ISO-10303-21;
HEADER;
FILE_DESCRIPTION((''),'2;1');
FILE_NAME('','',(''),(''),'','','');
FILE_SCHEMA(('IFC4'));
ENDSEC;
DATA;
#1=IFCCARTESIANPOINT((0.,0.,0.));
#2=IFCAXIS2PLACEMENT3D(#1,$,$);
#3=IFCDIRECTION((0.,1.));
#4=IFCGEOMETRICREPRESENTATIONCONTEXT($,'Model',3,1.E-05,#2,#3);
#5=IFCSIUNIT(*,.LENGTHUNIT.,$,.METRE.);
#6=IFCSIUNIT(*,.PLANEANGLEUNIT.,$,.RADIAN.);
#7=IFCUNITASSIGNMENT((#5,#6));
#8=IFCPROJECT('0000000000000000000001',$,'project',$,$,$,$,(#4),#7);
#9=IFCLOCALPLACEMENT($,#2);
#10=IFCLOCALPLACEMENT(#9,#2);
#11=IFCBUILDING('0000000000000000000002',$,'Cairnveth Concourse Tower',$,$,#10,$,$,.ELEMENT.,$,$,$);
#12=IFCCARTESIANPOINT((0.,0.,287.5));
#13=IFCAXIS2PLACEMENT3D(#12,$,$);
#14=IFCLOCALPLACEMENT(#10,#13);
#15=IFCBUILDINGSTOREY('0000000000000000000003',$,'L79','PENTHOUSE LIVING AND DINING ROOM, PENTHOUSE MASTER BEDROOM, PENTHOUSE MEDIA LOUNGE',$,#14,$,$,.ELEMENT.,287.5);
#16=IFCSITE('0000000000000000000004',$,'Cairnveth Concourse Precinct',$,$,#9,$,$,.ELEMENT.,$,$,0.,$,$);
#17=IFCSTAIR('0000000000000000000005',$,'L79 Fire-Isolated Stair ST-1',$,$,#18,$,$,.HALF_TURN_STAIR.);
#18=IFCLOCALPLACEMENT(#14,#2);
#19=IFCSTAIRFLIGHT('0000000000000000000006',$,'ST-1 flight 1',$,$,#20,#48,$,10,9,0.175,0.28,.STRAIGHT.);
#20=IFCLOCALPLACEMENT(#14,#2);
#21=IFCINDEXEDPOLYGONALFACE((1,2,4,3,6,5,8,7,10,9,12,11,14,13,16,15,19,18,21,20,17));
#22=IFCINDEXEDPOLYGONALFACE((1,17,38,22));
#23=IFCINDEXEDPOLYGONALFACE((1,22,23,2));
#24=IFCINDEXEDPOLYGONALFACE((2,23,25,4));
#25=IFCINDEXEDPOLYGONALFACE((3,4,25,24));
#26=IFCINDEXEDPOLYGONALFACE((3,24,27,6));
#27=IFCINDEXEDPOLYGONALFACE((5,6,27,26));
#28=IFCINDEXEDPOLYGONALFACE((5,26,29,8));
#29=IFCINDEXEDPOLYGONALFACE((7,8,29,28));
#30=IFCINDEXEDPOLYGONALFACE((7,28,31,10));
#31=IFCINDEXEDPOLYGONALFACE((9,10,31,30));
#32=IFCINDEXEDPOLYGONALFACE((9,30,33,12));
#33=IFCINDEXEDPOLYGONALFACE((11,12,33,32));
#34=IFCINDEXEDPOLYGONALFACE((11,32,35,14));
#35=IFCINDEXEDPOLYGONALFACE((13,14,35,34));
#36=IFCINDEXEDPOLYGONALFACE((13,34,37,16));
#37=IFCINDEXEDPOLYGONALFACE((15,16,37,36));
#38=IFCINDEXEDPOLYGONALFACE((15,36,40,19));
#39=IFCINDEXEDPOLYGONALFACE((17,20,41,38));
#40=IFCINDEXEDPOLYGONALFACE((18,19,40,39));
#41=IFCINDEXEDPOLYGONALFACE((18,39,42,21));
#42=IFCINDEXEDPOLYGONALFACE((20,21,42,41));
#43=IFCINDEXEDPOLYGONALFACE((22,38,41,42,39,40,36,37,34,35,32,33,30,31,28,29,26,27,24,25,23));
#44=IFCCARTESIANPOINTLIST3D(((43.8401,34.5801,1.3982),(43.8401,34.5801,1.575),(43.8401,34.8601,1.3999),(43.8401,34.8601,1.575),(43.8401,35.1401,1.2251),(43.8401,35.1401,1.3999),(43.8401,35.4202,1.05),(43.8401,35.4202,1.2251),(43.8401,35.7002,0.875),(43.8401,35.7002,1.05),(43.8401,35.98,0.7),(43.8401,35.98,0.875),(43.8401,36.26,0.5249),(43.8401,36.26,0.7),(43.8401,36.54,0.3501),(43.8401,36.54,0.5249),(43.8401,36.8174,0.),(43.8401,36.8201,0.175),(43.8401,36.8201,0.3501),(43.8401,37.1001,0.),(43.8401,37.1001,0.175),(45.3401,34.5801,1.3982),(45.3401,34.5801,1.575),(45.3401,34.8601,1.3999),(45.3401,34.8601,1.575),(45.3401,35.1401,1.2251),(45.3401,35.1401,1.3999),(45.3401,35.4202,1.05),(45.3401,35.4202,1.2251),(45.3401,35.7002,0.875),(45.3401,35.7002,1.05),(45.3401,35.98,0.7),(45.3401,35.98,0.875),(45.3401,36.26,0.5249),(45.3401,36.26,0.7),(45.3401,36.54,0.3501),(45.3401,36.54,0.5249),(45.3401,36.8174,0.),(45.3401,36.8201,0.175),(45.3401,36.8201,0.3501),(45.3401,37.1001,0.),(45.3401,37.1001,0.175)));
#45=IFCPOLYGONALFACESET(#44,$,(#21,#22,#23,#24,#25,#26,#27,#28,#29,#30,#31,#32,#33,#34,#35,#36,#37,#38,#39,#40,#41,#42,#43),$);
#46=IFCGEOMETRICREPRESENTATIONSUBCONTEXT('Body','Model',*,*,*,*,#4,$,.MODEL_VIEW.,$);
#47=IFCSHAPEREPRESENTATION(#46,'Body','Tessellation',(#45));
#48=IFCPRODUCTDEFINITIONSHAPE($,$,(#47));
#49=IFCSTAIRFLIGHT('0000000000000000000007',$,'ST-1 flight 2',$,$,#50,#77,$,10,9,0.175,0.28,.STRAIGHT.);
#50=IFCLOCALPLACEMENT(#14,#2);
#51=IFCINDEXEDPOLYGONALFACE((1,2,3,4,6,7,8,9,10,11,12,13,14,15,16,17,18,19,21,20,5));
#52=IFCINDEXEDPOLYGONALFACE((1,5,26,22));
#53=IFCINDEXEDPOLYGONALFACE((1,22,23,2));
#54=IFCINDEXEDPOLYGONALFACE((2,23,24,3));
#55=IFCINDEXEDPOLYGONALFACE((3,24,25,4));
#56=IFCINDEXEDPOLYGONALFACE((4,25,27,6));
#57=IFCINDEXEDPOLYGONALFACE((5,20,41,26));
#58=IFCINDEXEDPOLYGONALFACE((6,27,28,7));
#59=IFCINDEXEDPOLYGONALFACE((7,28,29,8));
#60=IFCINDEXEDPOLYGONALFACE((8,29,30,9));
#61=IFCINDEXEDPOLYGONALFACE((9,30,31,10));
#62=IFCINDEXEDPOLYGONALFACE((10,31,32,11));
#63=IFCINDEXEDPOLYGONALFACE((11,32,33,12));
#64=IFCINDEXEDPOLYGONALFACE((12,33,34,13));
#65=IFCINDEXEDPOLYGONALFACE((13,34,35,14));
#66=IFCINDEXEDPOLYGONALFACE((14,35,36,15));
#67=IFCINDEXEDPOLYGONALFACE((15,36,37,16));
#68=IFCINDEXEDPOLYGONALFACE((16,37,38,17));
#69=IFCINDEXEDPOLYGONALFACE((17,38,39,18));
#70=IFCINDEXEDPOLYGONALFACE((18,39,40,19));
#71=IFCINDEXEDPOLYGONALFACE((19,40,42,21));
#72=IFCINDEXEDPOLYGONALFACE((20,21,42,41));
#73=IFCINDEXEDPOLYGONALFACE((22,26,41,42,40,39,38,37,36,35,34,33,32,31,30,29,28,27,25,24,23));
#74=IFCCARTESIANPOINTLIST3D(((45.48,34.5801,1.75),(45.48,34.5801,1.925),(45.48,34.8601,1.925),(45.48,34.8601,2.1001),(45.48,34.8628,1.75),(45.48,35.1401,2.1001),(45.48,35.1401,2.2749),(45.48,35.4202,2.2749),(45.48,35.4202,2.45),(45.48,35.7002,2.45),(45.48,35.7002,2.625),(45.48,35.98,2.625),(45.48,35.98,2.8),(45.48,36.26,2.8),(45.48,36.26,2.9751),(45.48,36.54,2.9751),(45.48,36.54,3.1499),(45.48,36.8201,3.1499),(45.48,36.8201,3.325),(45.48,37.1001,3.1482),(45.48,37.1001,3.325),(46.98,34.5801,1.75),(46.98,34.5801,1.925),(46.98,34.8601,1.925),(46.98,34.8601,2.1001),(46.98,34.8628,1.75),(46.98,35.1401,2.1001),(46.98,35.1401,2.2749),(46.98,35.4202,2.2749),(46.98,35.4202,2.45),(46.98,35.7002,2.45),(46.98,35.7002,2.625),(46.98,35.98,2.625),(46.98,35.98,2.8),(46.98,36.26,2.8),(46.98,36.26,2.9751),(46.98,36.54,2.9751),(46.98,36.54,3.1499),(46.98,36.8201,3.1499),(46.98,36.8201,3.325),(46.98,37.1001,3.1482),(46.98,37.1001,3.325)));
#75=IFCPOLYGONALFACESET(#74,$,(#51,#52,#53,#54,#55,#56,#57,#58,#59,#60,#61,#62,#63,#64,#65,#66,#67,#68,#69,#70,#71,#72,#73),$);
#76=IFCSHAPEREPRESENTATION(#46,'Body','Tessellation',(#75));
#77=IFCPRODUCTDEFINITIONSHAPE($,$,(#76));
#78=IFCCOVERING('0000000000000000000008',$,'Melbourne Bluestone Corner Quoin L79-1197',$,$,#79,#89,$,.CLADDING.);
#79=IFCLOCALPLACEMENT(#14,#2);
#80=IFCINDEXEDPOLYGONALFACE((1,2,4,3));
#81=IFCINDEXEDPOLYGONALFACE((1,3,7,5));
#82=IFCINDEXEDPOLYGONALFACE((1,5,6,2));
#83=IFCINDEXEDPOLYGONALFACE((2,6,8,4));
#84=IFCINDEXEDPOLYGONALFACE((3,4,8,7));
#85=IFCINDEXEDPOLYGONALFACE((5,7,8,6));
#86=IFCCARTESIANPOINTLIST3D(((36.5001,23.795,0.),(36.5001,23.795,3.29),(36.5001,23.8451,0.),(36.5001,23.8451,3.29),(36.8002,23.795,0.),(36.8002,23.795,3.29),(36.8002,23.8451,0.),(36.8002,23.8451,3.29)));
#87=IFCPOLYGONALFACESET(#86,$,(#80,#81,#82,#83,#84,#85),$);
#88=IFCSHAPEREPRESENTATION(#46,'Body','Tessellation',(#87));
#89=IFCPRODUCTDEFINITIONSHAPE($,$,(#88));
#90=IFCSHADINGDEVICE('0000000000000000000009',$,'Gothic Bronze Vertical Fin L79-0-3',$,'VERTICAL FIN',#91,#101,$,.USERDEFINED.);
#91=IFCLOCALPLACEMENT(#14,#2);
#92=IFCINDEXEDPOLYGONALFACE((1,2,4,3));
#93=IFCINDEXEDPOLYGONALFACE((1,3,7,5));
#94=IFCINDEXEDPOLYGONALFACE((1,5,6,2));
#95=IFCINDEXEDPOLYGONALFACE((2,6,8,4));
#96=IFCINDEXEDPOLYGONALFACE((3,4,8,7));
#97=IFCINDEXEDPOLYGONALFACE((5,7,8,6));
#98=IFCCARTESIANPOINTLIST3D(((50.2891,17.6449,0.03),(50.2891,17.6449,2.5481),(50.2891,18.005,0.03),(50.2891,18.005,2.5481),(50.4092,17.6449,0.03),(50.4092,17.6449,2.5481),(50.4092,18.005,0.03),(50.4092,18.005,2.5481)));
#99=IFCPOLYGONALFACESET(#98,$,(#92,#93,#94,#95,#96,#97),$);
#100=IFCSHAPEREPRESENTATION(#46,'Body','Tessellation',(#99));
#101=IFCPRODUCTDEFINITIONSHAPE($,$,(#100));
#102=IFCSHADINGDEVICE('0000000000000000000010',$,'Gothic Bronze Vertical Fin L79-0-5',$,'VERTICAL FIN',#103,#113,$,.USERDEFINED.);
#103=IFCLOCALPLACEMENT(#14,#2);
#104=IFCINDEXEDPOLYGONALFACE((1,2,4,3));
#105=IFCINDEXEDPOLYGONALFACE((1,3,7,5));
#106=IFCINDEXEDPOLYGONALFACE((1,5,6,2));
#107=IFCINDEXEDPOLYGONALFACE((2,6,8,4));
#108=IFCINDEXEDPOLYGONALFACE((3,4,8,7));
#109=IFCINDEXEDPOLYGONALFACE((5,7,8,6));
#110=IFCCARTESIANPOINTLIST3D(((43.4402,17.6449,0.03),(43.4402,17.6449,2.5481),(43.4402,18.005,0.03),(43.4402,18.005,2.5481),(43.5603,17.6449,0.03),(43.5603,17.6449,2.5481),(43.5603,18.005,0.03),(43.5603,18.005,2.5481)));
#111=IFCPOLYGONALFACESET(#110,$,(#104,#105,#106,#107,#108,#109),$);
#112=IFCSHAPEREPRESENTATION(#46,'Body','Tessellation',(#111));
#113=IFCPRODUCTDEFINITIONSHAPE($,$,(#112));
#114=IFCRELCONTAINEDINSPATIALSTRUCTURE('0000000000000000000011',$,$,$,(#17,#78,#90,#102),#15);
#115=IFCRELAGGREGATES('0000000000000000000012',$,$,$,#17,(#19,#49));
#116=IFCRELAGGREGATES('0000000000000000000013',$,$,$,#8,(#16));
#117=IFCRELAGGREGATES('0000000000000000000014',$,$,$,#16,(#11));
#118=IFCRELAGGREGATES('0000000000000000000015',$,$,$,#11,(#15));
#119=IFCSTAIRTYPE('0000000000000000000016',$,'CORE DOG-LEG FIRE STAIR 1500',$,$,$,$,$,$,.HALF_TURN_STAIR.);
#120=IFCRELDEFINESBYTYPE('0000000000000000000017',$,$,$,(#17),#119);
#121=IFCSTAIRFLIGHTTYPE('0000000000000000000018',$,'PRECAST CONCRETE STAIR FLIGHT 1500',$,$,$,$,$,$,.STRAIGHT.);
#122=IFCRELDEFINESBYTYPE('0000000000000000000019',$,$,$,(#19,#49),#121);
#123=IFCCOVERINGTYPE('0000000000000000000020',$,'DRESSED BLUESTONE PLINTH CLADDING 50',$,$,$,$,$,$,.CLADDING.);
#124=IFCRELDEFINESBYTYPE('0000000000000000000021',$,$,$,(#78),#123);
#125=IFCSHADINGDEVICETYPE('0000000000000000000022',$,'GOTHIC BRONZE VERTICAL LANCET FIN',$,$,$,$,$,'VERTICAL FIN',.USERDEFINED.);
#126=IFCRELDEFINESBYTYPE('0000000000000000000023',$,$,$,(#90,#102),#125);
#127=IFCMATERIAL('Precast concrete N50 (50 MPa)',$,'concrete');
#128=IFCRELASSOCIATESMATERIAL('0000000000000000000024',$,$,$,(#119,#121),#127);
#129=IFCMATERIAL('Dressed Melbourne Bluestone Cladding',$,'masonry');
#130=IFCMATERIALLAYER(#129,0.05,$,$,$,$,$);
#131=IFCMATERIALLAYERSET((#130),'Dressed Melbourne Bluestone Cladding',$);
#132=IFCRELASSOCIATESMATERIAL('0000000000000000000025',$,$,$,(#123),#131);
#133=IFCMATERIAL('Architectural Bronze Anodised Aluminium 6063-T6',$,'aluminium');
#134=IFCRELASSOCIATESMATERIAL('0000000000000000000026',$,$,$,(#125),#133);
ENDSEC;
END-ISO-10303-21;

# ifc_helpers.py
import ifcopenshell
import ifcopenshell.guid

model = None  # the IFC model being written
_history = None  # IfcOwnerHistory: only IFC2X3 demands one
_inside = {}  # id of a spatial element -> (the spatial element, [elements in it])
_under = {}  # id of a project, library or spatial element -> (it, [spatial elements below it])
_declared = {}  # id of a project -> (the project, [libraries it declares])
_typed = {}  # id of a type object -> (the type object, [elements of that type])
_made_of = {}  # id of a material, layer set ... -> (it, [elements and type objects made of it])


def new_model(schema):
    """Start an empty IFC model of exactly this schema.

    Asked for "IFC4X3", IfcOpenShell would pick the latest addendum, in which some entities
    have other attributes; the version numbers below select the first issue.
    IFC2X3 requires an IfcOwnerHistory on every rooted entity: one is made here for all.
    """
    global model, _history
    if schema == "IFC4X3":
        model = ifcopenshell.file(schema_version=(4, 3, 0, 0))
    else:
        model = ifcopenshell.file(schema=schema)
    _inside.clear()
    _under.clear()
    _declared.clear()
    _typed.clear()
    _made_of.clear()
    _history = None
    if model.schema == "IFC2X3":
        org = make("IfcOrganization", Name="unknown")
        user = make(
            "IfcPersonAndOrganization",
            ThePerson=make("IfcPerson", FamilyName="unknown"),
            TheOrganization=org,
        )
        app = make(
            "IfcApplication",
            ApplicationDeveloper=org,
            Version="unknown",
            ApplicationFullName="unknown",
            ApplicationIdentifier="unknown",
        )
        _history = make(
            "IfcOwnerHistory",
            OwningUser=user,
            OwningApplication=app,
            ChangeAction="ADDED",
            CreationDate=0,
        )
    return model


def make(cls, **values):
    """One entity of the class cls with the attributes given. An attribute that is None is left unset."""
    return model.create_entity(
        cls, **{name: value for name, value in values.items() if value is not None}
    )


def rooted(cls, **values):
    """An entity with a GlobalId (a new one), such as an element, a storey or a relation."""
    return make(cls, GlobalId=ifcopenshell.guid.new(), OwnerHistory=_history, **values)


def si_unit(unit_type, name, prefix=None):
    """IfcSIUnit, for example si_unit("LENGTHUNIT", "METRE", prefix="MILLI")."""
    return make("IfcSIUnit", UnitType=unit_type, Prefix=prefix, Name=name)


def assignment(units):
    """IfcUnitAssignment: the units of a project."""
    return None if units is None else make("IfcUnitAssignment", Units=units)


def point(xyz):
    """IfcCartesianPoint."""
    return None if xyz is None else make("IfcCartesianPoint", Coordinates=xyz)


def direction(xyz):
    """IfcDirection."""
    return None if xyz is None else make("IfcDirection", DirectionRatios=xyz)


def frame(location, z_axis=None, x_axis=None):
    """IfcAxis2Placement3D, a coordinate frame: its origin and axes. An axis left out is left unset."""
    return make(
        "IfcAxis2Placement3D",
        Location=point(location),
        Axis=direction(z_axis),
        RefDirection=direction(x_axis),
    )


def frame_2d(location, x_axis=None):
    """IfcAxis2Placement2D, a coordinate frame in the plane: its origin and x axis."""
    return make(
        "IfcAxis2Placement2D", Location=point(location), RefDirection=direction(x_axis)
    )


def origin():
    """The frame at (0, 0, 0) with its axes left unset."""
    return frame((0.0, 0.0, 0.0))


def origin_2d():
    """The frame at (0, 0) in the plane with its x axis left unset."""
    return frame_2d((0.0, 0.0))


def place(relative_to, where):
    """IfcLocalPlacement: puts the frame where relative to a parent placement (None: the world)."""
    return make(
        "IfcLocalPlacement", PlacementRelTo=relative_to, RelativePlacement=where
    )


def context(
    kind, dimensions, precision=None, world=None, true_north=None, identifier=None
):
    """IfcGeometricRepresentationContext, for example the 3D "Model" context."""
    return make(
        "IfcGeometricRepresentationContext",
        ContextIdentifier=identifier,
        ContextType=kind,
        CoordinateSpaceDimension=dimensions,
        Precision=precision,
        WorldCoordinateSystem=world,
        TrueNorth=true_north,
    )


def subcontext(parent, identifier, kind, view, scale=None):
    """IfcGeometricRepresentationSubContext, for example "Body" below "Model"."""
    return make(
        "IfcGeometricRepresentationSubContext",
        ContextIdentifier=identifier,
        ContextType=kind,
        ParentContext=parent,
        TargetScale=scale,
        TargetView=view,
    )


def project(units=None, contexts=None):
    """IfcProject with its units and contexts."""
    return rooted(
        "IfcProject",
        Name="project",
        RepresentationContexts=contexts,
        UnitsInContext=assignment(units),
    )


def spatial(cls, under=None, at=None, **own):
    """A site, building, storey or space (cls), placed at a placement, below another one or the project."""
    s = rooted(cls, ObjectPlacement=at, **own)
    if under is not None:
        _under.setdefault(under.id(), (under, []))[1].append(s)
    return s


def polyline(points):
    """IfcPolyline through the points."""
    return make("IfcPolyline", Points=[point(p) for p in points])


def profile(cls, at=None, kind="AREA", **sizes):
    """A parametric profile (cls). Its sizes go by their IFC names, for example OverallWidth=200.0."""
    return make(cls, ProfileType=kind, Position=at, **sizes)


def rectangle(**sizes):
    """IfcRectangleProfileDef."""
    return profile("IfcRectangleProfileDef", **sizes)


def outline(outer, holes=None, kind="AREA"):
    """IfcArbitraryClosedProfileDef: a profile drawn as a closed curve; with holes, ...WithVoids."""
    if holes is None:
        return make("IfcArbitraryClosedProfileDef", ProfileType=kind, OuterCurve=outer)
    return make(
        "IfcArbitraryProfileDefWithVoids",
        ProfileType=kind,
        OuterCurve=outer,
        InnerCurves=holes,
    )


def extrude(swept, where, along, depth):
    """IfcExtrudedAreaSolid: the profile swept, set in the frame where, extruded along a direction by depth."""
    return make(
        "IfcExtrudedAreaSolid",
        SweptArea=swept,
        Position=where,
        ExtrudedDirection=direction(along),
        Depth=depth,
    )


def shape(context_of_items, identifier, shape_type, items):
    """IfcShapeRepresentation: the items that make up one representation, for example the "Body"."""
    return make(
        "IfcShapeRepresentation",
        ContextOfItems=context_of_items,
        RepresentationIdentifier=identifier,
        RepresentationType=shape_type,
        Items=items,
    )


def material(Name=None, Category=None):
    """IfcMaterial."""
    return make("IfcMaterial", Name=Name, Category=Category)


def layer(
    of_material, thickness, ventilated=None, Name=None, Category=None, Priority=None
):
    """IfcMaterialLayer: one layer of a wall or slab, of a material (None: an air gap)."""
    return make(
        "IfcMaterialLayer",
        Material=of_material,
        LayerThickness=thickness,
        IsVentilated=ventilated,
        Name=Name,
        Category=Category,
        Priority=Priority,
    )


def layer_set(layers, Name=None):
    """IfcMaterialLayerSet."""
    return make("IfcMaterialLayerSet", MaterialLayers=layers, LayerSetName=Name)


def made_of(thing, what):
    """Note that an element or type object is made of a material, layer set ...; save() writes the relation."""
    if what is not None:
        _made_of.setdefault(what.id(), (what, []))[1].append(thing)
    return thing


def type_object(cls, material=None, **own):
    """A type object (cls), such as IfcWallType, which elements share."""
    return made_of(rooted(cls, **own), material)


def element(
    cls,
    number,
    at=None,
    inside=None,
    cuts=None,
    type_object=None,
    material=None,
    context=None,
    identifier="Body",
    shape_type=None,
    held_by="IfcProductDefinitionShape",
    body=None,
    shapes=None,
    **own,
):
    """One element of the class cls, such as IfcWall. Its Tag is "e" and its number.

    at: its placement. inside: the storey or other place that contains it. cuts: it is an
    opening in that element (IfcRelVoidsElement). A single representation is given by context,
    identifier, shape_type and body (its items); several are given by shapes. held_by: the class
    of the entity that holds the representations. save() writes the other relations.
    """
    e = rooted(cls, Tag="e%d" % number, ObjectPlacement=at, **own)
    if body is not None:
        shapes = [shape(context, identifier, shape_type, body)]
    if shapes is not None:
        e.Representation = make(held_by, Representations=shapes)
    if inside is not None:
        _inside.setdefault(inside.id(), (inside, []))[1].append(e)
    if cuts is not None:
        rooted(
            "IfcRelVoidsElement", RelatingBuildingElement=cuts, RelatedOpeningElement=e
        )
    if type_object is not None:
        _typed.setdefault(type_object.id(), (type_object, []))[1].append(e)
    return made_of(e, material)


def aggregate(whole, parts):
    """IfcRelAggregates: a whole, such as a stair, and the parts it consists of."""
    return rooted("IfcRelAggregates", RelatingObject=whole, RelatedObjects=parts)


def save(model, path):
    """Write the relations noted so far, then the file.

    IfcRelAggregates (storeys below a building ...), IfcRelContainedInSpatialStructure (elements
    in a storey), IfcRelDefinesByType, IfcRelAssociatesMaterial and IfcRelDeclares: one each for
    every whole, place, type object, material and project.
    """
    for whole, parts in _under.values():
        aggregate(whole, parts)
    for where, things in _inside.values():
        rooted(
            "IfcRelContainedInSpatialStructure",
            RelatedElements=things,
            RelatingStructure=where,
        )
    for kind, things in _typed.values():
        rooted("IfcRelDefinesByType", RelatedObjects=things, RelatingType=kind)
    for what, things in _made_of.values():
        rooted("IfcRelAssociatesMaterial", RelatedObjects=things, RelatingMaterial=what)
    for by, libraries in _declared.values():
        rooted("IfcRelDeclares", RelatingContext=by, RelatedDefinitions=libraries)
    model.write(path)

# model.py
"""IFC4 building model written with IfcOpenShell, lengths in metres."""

from ifc_helpers import new_model, si_unit, direction, frame, frame_2d, origin, origin_2d, place, context, subcontext, project, spatial, polyline, rectangle, outline, extrude, material, layer, layer_set, type_object, element, aggregate, save


model = new_model("IFC4")

# Units and contexts
model_context = context("Model", 3, precision=1e-05, world=origin(), true_north=direction((0.0, 1.0)))
body_context = subcontext(model_context, "Body", "Model", "MODEL_VIEW")
ifc_project = project(units=[si_unit("LENGTHUNIT", "METRE"), si_unit("PLANEANGLEUNIT", "RADIAN")], contexts=[model_context])

# Site, building, storey
site_placement = place(None, origin())
site = spatial("IfcSite", under=ifc_project, at=site_placement, Name="Cairnveth Concourse Precinct", CompositionType="ELEMENT", RefElevation=0.0)
building_placement = place(site_placement, origin())
building = spatial("IfcBuilding", under=site, at=building_placement, Name="Cairnveth Concourse Tower", CompositionType="ELEMENT")
storey_placement = place(building_placement, frame((0.0, 0.0, 287.5)))
storey = spatial("IfcBuildingStorey", under=building, at=storey_placement, Name="L79", Description="PENTHOUSE LIVING AND DINING ROOM, PENTHOUSE MASTER BEDROOM, PENTHOUSE MEDIA LOUNGE", CompositionType="ELEMENT", Elevation=287.5)

# Stair, stair flights
ifc_material_1 = material(Name="Precast concrete N50 (50 MPa)", Category="concrete")
stair_type = type_object("IfcStairType", Name="CORE DOG-LEG FIRE STAIR 1500", PredefinedType="HALF_TURN_STAIR", material=ifc_material_1)
stair_placement = place(storey_placement, origin())
stair = element("IfcStair", 1, at=stair_placement, inside=storey, type_object=stair_type, Name="L79 Fire-Isolated Stair ST-1", PredefinedType="HALF_TURN_STAIR")
stair_flight_type = type_object("IfcStairFlightType", Name="PRECAST CONCRETE STAIR FLIGHT 1500", PredefinedType="STRAIGHT", material=ifc_material_1)
stair_flight_1_placement = place(storey_placement, frame((44.5901, 37.1001, 0.0), z_axis=(0.0, 0.0, 1.0), x_axis=(0.0, -1.0, 0.0)))
stair_flight_1 = element("IfcStairFlight", 2, at=stair_flight_1_placement, type_object=stair_flight_type, Name="ST-1 flight 1", NumberOfRisers=10, NumberOfTreads=9, PredefinedType="STRAIGHT", RiserHeight=0.175, TreadLength=0.28, context=body_context, shape_type="SweptSolid", body=[
    extrude(outline(polyline([(0.0, 0.0), (0.0, 0.175), (0.28, 0.175), (0.28, 0.3501), (0.5601, 0.3501), (0.5601, 0.5249), (0.8401, 0.5249), (0.8401, 0.7), (1.1201, 0.7), (1.1201, 0.875), (1.3999, 0.875), (1.3999, 1.05), (1.6799, 1.05), (1.6799, 1.2251), (1.96, 1.2251), (1.96, 1.3999), (2.24, 1.3999), (2.24, 1.575), (2.52, 1.575), (2.52, 1.75), (2.52, 1.3982), (0.2827, 0.0), (0.0, 0.0)])), frame((0.0, 0.75, 0.0), z_axis=(0.0, -1.0, 0.0), x_axis=(1.0, 0.0, 0.0)), (0.0, 0.0, 1.0), 1.5),
])
stair_flight_2_placement = place(storey_placement, frame((46.23, 34.5801, 1.75), z_axis=(0.0, 0.0, 1.0), x_axis=(0.0, 1.0, 0.0)))
stair_flight_2 = element("IfcStairFlight", 3, at=stair_flight_2_placement, type_object=stair_flight_type, Name="ST-1 flight 2", NumberOfRisers=10, NumberOfTreads=9, PredefinedType="STRAIGHT", RiserHeight=0.175, TreadLength=0.28, context=body_context, shape_type="SweptSolid", body=[
    extrude(outline(polyline([(0.0, 0.0), (0.0, 0.175), (0.28, 0.175), (0.28, 0.3501), (0.5601, 0.3501), (0.5601, 0.5249), (0.8401, 0.5249), (0.8401, 0.7), (1.1201, 0.7), (1.1201, 0.875), (1.3999, 0.875), (1.3999, 1.05), (1.6799, 1.05), (1.6799, 1.2251), (1.96, 1.2251), (1.96, 1.3999), (2.24, 1.3999), (2.24, 1.575), (2.52, 1.575), (2.52, 1.75), (2.52, 1.3982), (0.2827, 0.0), (0.0, 0.0)])), frame((0.0, 0.75, 0.0), z_axis=(0.0, -1.0, 0.0), x_axis=(1.0, 0.0, 0.0)), (0.0, 0.0, 1.0), 1.5),
])
aggregate(stair, [stair_flight_1, stair_flight_2])

# Covering
ifc_material_2 = material(Name="Dressed Melbourne Bluestone Cladding", Category="masonry")
ifc_layer_1 = layer(ifc_material_2, 0.05)
ifc_layer_set_1 = layer_set([ifc_layer_1], Name="Dressed Melbourne Bluestone Cladding")
covering_type = type_object("IfcCoveringType", Name="DRESSED BLUESTONE PLINTH CLADDING 50", PredefinedType="CLADDING", material=ifc_layer_set_1)
covering_placement = place(storey_placement, frame((36.8, 23.8201, 0.0), z_axis=(0.0, 0.0, 1.0), x_axis=(-1.0, 0.0, 0.0)))
element("IfcCovering", 4, at=covering_placement, inside=storey, type_object=covering_type, Name="Melbourne Bluestone Corner Quoin L79-1197", PredefinedType="CLADDING", context=body_context, shape_type="SweptSolid", body=[
    extrude(rectangle(XDim=0.3, YDim=0.05, at=frame_2d((0.1499, 0.0))), origin(), (0.0, 0.0, 1.0), 3.29),
])

# Shading devices
ifc_material_3 = material(Name="Architectural Bronze Anodised Aluminium 6063-T6", Category="aluminium")
shading_device_type = type_object("IfcShadingDeviceType", Name="GOTHIC BRONZE VERTICAL LANCET FIN", ElementType="VERTICAL FIN", PredefinedType="USERDEFINED", material=ifc_material_3)
for number, where, z_axis, x_axis, name in (
    (5, (50.3491, 17.825, 0.03), (0.0, 0.0, 1.0), (1.0, 0.0, 0.0), "Gothic Bronze Vertical Fin L79-0-3"),
    (6, (43.5002, 17.825, 0.03), (0.0, 0.0, 1.0), (1.0, 0.0, 0.0), "Gothic Bronze Vertical Fin L79-0-5"),
):
    element("IfcShadingDevice", number, at=place(storey_placement, frame(where, z_axis=z_axis, x_axis=x_axis)), inside=storey, type_object=shading_device_type, Name=name, ObjectType="VERTICAL FIN", PredefinedType="USERDEFINED", context=body_context, shape_type="SweptSolid", body=[
        extrude(rectangle(XDim=0.1201, YDim=0.3601, at=origin_2d()), origin(), (0.0, 0.0, 1.0), 2.5181),
    ])

save(model, "model.ifc")
